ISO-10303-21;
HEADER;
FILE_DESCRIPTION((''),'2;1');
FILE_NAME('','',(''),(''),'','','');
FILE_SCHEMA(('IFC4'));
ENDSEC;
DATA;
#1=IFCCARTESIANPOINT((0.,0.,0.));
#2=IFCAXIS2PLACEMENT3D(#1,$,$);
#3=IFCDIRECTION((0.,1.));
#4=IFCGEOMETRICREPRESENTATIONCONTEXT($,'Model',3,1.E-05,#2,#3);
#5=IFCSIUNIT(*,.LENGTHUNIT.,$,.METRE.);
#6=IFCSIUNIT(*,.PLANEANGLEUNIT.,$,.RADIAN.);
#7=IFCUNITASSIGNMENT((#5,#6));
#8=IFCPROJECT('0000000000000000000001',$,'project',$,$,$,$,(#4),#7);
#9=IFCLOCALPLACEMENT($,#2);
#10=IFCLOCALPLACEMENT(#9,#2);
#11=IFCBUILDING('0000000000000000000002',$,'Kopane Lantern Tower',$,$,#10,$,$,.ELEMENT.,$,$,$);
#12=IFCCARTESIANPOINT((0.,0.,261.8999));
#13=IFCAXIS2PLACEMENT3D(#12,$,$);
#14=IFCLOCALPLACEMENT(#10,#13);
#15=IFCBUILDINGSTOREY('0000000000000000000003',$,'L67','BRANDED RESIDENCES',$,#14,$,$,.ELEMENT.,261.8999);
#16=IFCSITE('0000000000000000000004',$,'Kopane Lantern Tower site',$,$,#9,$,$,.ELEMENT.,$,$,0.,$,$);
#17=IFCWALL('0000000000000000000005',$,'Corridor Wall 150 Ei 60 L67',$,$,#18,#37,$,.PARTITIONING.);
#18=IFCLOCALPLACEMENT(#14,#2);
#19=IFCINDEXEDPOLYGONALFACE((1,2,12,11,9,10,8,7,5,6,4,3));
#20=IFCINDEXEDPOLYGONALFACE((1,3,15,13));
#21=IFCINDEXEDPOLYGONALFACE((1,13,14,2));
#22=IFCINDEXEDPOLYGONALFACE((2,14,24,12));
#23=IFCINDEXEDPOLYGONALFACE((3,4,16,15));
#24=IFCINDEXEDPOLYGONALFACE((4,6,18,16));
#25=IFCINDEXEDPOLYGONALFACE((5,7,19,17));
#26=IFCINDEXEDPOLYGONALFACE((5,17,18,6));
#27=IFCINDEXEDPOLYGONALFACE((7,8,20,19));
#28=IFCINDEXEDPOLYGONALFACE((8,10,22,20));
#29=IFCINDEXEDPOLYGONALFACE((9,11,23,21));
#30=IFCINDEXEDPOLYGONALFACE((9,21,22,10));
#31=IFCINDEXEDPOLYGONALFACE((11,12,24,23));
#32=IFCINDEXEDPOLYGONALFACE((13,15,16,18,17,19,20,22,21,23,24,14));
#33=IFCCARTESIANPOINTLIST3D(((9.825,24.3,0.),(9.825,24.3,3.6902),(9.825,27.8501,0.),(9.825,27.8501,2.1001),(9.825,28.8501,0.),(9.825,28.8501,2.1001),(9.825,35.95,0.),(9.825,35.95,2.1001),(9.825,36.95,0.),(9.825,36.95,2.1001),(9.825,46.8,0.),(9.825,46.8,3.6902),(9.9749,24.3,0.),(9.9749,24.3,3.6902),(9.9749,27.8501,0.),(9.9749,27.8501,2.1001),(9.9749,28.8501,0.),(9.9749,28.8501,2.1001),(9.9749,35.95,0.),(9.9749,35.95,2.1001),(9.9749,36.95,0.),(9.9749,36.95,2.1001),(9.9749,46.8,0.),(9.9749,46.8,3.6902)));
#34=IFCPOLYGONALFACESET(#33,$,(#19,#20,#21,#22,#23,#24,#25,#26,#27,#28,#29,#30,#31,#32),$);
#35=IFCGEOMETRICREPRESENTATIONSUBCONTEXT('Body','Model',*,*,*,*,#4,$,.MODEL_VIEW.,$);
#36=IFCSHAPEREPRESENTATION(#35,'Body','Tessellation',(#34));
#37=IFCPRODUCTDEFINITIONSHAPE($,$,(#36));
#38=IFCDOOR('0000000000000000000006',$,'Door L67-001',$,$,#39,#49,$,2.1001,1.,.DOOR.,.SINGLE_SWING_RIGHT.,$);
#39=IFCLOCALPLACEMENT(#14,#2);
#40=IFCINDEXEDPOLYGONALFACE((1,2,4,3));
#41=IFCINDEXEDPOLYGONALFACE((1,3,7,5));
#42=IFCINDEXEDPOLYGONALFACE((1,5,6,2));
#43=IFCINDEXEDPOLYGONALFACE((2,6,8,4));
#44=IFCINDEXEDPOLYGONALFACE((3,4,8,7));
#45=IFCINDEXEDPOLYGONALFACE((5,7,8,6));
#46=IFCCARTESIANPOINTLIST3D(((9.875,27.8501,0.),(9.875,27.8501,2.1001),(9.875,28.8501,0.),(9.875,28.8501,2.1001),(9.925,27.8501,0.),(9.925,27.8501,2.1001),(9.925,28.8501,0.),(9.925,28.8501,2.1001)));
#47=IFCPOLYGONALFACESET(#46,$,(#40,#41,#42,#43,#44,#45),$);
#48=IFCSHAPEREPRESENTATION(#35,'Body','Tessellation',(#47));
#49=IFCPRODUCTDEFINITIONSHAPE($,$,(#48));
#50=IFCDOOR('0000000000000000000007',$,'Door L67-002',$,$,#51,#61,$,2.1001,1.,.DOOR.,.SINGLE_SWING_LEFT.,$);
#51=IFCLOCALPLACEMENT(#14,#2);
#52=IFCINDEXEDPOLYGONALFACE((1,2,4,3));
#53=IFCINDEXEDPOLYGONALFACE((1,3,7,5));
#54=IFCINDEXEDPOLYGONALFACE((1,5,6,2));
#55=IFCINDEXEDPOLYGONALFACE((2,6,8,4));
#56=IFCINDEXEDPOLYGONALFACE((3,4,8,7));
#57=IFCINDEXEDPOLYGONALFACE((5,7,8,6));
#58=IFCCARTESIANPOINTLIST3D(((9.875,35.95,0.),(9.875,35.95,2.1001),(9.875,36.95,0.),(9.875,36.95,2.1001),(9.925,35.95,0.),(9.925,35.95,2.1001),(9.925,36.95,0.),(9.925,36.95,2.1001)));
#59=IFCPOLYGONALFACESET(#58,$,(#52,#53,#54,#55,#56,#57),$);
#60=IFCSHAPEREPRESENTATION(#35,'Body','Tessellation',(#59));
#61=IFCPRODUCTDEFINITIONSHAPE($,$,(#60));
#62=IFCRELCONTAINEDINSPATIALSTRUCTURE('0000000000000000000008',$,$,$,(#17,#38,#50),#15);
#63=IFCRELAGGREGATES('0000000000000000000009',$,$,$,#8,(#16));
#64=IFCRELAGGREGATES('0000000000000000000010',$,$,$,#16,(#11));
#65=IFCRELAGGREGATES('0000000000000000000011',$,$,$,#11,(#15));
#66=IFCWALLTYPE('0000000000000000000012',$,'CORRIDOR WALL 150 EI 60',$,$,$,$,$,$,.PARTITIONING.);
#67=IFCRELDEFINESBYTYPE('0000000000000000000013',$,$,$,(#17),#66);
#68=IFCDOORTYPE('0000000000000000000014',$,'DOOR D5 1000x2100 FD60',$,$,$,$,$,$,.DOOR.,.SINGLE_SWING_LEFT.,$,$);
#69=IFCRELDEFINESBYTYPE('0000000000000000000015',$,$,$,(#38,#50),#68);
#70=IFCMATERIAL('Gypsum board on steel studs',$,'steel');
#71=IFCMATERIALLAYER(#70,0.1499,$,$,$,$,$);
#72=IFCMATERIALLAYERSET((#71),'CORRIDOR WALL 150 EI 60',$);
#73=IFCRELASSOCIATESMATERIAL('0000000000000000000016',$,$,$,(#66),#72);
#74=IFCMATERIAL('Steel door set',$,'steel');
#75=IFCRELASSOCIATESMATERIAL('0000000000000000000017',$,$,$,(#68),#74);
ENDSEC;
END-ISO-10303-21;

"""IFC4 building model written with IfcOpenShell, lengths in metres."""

from ifc_helpers import new_model, si_unit, direction, frame, frame_2d, origin, place, context, subcontext, project, spatial, rectangle, extrude, material, layer, layer_set, type_object, element, fill, save


model = new_model("IFC4")

# Units and contexts
model_context = context("Model", 3, precision=1e-05, world=origin(), true_north=direction((0.0, 1.0)))
body_context = subcontext(model_context, "Body", "Model", "MODEL_VIEW")
ifc_project = project(units=[si_unit("LENGTHUNIT", "METRE"), si_unit("PLANEANGLEUNIT", "RADIAN")], contexts=[model_context])

# Site, building, storey
site_placement = place(None, origin())
site = spatial("IfcSite", under=ifc_project, at=site_placement, Name="Kopane Lantern Tower site", CompositionType="ELEMENT", RefElevation=0.0)
building_placement = place(site_placement, origin())
building = spatial("IfcBuilding", under=site, at=building_placement, Name="Kopane Lantern Tower", CompositionType="ELEMENT")
storey_placement = place(building_placement, frame((0.0, 0.0, 261.8999)))
storey = spatial("IfcBuildingStorey", under=building, at=storey_placement, Name="L67", Description="BRANDED RESIDENCES", CompositionType="ELEMENT", Elevation=261.8999)

# Shared definitions
ifc_material_1 = material(Name="Gypsum board on steel studs", Category="steel")
ifc_layer_1 = layer(ifc_material_1, 0.1499)
ifc_layer_set_1 = layer_set([ifc_layer_1], Name="CORRIDOR WALL 150 EI 60")
wall_type_1 = type_object("IfcWallType", Name="CORRIDOR WALL 150 EI 60", PredefinedType="PARTITIONING", material=ifc_layer_set_1)

# Wall, openings, doors
wall_1_placement = place(storey_placement, frame((9.8999, 24.3, 0.0), z_axis=(0.0, 0.0, 1.0), x_axis=(0.0, 1.0, 0.0)))
wall_1 = element("IfcWall", 1, at=wall_1_placement, inside=storey, type_object=wall_type_1, Name="Corridor Wall 150 Ei 60 L67", PredefinedType="PARTITIONING", context=body_context, shape_type="SweptSolid", body=[
    extrude(rectangle(XDim=22.5, YDim=0.1499, at=frame_2d((11.25, 0.0))), origin(), (0.0, 0.0, 1.0), 3.6902),
])
opening_1_placement = place(wall_1_placement, frame((3.55, 0.0, 0.0)))
opening_1 = element("IfcOpeningElement", 2, at=opening_1_placement, cuts=wall_1, PredefinedType="OPENING", context=body_context, shape_type="SweptSolid", body=[
    extrude(rectangle(XDim=1.0, YDim=2.1001, at=frame_2d((0.5, 1.05))), frame((0.0, 0.085, 0.0), z_axis=(0.0, -1.0, 0.0), x_axis=(1.0, 0.0, 0.0)), (0.0, 0.0, 1.0), 0.1699),
])
opening_2_placement = place(wall_1_placement, frame((11.6499, 0.0, 0.0)))
opening_2 = element("IfcOpeningElement", 3, at=opening_2_placement, cuts=wall_1, PredefinedType="OPENING", context=body_context, shape_type="SweptSolid", body=[
    extrude(rectangle(XDim=1.0, YDim=2.1001, at=frame_2d((0.5, 1.05))), frame((0.0, 0.085, 0.0), z_axis=(0.0, -1.0, 0.0), x_axis=(1.0, 0.0, 0.0)), (0.0, 0.0, 1.0), 0.1699),
])
ifc_material_2 = material(Name="Steel door set", Category="steel")
door_type_1 = type_object("IfcDoorType", Name="DOOR D5 1000x2100 FD60", OperationType="SINGLE_SWING_LEFT", PredefinedType="DOOR", material=ifc_material_2)
door_1_placement = place(opening_1_placement, origin())
door_1 = element("IfcDoor", 4, at=door_1_placement, inside=storey, type_object=door_type_1, Name="Door L67-001", OperationType="SINGLE_SWING_RIGHT", OverallHeight=2.1001, OverallWidth=1.0, PredefinedType="DOOR", context=body_context, shape_type="SweptSolid", body=[
    extrude(rectangle(XDim=1.0, YDim=2.1001, at=frame_2d((0.5, 1.05))), frame((0.0, 0.0249, 0.0), z_axis=(0.0, -1.0, 0.0), x_axis=(1.0, 0.0, 0.0)), (0.0, 0.0, 1.0), 0.05),
])
fill(opening_1, door_1)
door_2_placement = place(opening_2_placement, origin())
door_2 = element("IfcDoor", 5, at=door_2_placement, inside=storey, type_object=door_type_1, Name="Door L67-002", OperationType="SINGLE_SWING_LEFT", OverallHeight=2.1001, OverallWidth=1.0, PredefinedType="DOOR", context=body_context, shape_type="SweptSolid", body=[
    extrude(rectangle(XDim=1.0, YDim=2.1001, at=frame_2d((0.5, 1.05))), frame((0.0, 0.0249, 0.0), z_axis=(0.0, -1.0, 0.0), x_axis=(1.0, 0.0, 0.0)), (0.0, 0.0, 1.0), 0.05),
])
fill(opening_2, door_2)

save(model, "model.ifc")
